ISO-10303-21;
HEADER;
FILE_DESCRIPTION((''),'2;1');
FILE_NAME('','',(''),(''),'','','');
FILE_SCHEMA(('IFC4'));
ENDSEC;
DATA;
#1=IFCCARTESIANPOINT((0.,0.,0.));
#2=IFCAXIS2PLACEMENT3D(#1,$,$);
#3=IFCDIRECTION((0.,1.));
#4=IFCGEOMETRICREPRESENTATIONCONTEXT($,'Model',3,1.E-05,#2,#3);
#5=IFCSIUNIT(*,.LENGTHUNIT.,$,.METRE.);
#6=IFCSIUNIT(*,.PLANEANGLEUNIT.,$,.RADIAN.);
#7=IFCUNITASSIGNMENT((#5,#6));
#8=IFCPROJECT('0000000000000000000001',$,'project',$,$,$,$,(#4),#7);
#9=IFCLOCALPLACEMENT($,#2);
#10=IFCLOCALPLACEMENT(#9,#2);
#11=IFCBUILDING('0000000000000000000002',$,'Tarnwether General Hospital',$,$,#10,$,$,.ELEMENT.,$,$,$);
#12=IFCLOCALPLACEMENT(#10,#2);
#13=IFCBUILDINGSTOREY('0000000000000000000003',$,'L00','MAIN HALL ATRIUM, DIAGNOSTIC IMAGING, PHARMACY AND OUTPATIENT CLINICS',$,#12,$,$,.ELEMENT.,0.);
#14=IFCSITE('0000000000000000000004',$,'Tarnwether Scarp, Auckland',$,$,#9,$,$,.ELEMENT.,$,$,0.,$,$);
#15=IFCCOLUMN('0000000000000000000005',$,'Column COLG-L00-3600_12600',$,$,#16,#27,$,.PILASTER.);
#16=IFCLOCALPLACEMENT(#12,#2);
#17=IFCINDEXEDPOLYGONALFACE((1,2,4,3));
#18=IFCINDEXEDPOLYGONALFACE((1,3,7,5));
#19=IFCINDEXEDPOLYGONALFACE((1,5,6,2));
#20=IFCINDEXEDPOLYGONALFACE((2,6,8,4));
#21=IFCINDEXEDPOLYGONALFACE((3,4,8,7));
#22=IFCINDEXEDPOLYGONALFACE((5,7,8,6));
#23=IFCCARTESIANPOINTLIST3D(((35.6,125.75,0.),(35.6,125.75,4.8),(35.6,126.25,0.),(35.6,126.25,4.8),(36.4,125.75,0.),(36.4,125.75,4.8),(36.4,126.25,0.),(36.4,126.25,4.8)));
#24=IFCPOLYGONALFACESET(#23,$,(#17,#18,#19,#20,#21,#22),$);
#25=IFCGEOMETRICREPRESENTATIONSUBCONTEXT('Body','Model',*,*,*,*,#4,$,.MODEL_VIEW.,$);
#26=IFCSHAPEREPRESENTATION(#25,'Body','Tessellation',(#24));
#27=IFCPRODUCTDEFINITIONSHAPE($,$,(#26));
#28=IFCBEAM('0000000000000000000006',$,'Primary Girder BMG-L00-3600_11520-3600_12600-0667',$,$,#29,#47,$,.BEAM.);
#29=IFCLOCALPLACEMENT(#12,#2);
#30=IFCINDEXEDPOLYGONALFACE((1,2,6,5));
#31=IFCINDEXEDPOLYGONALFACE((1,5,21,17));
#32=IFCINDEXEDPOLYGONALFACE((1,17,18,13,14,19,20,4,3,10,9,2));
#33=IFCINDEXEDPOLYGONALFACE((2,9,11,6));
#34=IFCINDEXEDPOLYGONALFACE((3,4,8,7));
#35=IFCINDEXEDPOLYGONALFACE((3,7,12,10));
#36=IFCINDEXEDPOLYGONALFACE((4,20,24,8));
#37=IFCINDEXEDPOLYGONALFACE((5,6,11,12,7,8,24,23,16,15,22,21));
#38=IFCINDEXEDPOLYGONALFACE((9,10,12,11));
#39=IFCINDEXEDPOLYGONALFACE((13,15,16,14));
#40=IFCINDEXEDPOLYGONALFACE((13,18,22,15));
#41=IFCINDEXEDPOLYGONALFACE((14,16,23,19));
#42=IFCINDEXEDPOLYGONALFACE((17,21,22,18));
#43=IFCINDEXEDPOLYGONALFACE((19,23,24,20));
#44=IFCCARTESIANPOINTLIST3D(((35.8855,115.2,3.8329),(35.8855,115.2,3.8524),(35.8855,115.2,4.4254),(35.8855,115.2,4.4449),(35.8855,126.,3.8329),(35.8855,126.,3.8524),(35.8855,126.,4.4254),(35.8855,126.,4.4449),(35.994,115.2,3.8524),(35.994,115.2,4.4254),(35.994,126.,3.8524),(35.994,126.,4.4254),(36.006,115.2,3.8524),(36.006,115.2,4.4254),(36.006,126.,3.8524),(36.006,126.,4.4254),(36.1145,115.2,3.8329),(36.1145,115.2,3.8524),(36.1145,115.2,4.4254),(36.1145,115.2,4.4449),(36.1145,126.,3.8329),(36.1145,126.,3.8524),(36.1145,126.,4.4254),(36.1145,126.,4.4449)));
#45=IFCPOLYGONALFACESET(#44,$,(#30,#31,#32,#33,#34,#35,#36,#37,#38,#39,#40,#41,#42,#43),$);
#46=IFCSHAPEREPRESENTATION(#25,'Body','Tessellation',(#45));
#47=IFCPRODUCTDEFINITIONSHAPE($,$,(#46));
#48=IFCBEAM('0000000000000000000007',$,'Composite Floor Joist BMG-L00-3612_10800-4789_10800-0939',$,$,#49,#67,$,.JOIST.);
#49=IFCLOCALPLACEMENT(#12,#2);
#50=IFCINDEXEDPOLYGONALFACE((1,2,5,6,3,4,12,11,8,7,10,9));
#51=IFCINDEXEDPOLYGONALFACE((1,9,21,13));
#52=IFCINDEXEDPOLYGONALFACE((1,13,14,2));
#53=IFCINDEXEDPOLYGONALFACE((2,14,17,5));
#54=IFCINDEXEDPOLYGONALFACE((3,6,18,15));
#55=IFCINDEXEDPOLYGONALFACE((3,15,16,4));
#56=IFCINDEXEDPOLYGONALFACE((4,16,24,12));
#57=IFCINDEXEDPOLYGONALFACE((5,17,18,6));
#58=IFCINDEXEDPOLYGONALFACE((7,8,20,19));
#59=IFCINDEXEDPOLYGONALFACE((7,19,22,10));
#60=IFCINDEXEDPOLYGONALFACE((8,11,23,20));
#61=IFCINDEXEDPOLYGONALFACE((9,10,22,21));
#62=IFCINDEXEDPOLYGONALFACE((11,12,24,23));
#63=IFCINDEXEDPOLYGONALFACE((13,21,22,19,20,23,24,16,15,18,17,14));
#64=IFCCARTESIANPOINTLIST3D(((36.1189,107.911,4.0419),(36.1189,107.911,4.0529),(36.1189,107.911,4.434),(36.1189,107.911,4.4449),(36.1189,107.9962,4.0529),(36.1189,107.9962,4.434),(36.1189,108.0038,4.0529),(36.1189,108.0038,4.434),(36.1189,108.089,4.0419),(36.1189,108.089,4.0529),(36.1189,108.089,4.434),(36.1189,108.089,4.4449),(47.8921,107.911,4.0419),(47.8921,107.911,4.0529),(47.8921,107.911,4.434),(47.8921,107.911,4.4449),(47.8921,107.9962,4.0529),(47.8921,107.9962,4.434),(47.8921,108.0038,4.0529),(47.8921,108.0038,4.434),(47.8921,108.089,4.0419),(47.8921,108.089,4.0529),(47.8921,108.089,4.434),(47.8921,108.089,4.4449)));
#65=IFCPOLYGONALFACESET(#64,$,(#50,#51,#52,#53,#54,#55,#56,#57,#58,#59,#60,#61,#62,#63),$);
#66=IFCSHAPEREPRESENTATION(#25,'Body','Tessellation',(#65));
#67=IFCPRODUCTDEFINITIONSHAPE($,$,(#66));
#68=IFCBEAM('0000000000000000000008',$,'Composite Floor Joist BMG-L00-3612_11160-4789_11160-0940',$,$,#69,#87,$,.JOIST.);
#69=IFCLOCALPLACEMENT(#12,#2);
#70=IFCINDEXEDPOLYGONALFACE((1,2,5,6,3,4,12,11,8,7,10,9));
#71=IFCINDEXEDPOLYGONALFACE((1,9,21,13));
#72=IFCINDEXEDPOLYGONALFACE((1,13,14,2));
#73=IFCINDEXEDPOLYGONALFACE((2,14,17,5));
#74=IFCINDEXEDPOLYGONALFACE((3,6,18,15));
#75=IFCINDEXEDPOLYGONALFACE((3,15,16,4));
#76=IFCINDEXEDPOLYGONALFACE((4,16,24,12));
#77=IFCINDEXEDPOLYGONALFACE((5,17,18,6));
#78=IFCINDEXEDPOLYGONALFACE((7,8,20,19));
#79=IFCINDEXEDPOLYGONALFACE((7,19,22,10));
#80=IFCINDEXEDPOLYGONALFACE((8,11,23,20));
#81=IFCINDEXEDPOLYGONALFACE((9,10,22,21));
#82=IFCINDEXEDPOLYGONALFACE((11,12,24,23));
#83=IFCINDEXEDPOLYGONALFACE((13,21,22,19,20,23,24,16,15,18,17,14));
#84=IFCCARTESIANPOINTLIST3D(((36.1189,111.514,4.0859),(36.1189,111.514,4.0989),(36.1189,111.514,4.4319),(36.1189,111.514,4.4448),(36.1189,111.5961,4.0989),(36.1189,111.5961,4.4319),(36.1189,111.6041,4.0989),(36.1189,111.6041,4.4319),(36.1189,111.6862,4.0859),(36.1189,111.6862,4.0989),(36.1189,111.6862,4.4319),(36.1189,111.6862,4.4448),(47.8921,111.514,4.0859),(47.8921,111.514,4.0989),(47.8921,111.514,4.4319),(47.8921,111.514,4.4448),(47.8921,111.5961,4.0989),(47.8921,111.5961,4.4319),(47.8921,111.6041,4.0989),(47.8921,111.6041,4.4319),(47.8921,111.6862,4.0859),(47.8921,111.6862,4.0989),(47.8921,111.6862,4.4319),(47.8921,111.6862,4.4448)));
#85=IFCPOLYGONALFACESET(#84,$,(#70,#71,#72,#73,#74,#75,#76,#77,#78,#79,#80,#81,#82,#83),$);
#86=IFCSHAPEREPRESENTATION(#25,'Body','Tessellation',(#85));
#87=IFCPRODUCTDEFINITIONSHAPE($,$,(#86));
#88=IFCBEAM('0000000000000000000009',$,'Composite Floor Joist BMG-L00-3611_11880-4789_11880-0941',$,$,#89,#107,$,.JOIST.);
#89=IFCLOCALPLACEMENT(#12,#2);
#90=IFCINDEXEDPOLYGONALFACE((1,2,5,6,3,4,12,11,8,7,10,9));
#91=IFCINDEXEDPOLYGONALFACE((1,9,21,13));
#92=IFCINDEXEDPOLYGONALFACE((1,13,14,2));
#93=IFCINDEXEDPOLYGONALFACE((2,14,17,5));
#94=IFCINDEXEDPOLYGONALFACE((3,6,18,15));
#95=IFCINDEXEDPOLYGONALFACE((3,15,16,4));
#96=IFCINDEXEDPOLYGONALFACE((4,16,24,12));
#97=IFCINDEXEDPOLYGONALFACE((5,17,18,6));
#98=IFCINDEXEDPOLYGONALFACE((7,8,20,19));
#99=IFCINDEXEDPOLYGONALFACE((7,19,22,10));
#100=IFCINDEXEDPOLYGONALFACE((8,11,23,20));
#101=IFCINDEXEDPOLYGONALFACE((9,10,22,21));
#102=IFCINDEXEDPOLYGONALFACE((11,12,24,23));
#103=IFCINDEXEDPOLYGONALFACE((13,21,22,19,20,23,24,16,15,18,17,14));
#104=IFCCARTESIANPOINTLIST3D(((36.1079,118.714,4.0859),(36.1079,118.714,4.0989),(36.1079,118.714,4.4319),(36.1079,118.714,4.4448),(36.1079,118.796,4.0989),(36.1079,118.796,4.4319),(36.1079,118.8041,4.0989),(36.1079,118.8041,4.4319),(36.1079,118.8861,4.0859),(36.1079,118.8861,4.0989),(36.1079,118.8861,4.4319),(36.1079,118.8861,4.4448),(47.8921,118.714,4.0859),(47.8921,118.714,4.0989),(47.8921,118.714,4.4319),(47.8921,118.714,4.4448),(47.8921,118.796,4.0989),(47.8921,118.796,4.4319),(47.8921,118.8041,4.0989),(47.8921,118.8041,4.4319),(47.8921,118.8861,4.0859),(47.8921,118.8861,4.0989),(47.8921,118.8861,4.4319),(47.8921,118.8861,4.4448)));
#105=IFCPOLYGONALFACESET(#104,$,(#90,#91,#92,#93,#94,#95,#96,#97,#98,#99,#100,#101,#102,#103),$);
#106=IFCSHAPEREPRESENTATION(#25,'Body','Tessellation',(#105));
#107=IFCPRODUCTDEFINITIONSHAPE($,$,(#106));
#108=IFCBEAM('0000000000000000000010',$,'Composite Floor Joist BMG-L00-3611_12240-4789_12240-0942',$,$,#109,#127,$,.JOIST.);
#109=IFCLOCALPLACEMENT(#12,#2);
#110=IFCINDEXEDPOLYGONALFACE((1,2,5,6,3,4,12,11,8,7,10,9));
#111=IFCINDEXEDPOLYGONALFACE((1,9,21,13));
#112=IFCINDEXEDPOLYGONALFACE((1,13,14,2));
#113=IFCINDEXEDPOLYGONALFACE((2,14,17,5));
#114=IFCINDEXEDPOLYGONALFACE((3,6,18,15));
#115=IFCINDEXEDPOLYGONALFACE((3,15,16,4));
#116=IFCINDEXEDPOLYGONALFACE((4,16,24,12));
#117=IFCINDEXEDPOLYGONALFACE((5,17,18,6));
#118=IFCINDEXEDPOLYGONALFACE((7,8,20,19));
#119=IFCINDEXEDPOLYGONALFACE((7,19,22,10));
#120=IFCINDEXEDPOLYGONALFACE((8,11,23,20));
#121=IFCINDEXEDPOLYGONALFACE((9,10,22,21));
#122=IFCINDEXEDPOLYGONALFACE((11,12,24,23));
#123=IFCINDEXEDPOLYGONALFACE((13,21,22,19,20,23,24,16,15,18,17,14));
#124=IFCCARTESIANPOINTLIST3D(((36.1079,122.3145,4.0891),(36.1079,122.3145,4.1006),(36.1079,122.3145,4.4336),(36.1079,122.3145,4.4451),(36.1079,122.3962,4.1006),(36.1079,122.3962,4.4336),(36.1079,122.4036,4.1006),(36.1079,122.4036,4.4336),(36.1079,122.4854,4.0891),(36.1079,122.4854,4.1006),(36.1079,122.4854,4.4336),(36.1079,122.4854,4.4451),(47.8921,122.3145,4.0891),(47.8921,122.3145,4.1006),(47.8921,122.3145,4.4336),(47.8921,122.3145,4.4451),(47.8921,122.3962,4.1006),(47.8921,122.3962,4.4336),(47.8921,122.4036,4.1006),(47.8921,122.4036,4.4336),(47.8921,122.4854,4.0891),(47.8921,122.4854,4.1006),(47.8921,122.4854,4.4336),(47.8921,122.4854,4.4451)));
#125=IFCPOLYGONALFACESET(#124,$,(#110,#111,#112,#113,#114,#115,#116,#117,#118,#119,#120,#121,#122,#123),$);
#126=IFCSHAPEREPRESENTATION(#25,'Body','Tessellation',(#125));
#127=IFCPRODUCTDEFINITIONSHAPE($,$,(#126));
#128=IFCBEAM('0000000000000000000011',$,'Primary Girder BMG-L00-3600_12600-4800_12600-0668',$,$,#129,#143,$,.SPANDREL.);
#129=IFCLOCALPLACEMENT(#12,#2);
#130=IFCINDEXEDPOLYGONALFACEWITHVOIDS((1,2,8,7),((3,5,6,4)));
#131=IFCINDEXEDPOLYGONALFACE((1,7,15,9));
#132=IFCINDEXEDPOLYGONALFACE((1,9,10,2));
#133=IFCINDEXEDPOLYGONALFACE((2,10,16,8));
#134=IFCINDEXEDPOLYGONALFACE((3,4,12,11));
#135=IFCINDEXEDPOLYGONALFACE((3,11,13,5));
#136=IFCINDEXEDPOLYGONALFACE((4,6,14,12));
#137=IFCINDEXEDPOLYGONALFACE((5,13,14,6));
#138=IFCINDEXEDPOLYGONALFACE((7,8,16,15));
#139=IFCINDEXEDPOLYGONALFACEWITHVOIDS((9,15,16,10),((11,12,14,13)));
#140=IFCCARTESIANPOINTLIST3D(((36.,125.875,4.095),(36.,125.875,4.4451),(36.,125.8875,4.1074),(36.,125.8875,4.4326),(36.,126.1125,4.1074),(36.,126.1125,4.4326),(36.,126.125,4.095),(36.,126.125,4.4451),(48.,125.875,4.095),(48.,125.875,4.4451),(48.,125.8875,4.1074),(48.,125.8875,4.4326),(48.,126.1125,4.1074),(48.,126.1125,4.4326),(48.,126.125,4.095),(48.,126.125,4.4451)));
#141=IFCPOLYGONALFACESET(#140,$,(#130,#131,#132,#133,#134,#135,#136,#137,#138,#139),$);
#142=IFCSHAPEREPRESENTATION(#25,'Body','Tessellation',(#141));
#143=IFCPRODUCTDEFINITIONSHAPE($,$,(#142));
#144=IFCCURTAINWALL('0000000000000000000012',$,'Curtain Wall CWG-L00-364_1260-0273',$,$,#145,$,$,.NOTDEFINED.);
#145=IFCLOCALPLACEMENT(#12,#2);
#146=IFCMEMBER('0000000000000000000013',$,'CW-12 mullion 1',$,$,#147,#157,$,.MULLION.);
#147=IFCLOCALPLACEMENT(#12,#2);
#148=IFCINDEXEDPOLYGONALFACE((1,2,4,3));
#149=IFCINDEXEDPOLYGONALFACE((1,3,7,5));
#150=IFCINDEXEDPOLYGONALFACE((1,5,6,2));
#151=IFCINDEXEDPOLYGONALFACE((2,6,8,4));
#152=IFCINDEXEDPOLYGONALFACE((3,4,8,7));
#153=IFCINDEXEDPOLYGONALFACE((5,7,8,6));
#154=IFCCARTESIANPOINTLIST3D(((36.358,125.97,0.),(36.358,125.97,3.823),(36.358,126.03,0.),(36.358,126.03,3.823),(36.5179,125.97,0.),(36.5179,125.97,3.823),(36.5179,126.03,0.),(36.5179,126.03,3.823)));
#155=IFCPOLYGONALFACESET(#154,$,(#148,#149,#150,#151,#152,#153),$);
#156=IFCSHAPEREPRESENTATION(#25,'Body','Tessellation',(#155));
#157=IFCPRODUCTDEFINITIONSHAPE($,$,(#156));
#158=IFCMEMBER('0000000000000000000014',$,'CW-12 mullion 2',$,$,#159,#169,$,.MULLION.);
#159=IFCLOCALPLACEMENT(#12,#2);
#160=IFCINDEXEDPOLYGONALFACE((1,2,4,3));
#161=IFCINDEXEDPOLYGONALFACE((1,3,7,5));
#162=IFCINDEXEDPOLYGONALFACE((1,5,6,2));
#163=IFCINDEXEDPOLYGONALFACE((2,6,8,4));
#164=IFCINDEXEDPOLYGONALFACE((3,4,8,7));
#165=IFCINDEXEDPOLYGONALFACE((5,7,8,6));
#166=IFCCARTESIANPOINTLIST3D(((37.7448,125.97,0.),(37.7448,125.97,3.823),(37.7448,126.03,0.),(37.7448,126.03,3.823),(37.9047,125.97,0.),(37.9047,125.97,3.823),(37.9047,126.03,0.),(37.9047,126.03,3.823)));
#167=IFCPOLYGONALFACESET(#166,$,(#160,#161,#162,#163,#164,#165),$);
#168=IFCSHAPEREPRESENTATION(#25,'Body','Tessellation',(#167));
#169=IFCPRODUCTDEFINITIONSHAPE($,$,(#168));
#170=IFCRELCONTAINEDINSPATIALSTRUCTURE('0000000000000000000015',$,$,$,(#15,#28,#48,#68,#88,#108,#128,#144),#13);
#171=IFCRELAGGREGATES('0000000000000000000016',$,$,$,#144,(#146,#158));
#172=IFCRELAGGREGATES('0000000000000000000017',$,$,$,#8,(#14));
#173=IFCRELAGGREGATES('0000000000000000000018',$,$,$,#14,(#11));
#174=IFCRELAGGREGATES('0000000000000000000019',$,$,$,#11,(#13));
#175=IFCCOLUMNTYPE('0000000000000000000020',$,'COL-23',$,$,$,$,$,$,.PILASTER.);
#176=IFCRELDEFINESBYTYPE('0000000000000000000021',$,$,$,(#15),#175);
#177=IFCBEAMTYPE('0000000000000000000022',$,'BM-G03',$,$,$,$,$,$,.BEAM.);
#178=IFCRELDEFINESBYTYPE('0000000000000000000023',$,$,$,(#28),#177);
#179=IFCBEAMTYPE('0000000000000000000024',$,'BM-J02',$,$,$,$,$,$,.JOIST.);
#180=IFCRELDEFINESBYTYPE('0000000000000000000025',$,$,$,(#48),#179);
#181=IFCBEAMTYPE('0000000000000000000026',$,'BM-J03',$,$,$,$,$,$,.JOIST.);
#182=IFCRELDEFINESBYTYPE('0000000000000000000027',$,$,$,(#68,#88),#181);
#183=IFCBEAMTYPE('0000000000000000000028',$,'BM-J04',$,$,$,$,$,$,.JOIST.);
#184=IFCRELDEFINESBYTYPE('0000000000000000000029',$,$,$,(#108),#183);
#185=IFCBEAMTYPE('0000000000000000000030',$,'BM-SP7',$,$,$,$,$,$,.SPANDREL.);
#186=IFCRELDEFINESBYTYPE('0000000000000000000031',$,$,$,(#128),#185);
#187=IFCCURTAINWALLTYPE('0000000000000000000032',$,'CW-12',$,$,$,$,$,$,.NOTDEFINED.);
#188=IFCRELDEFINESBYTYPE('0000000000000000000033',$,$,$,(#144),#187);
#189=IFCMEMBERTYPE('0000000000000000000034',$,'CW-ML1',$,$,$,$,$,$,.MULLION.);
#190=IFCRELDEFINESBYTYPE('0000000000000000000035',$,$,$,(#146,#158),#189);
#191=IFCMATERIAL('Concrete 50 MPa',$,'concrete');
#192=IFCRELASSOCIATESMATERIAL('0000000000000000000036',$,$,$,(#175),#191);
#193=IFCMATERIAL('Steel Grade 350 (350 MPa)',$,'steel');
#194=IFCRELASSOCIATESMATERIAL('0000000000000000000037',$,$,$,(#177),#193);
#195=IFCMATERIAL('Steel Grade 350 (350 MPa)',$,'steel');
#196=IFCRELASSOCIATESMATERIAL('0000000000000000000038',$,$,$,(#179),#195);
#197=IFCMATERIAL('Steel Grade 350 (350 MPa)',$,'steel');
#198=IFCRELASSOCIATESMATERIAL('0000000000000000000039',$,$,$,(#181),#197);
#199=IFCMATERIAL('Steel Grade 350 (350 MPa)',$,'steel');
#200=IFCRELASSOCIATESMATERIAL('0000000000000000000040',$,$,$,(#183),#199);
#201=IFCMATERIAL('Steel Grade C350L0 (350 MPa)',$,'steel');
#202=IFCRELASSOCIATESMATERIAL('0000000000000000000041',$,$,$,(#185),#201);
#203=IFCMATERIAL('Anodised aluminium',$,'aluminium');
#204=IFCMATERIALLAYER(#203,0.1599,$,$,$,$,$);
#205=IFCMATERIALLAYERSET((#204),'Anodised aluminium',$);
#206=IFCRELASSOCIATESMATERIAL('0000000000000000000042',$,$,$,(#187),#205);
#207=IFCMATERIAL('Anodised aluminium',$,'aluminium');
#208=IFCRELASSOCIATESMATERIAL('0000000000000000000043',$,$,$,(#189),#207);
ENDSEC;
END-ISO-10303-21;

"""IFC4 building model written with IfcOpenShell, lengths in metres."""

from ifc_helpers import new_model, si_unit, direction, frame, origin, origin_2d, place, context, subcontext, project, spatial, rectangle, hollow_rectangle, i_section, extrude, material, layer, layer_set, material_profile, profile_set, type_object, element, aggregate, save


model = new_model("IFC4")

# Units and contexts
model_context = context("Model", 3, precision=1e-05, world=origin(), true_north=direction((0.0, 1.0)))
body_context = subcontext(model_context, "Body", "Model", "MODEL_VIEW")
ifc_project = project(units=[si_unit("LENGTHUNIT", "METRE"), si_unit("PLANEANGLEUNIT", "RADIAN")], contexts=[model_context])

# Site, building, storey
site_placement = place(None, origin())
site = spatial("IfcSite", under=ifc_project, at=site_placement, Name="Tarnwether Scarp, Auckland", CompositionType="ELEMENT", RefElevation=0.0)
building_placement = place(site_placement, origin())
building = spatial("IfcBuilding", under=site, at=building_placement, Name="Tarnwether General Hospital", CompositionType="ELEMENT")
storey_placement = place(building_placement, origin())
storey = spatial("IfcBuildingStorey", under=building, at=storey_placement, Name="L00", Description="MAIN HALL ATRIUM, DIAGNOSTIC IMAGING, PHARMACY AND OUTPATIENT CLINICS", CompositionType="ELEMENT", Elevation=0.0)

# Column
ifc_material_1 = material(Name="Concrete 50 MPa", Category="concrete")
ifc_material_profile_1 = material_profile(ifc_material_1, rectangle(XDim=0.5, YDim=0.8, at=origin_2d()), Name="RC-PIL-500x800")
ifc_profile_set_1 = profile_set([ifc_material_profile_1], Name="Concrete 50 MPa")
column_type = type_object("IfcColumnType", Name="COL-23", PredefinedType="PILASTER", material=ifc_profile_set_1)
column_placement = place(storey_placement, frame((36.0, 126.0, 0.0), z_axis=(0.0, 0.0, 1.0), x_axis=(0.0, 1.0, 0.0)))
element("IfcColumn", 1, at=column_placement, inside=storey, type_object=column_type, Name="Column COLG-L00-3600_12600", PredefinedType="PILASTER", context=body_context, shape_type="SweptSolid", body=[
    extrude(rectangle(XDim=0.5, YDim=0.8, at=origin_2d()), origin(), (0.0, 0.0, 1.0), 4.8),
])

# Beams
ifc_material_2 = material(Name="Steel Grade 350 (350 MPa)", Category="steel")
ifc_material_profile_2 = material_profile(ifc_material_2, i_section(OverallWidth=0.229, OverallDepth=0.6121, WebThickness=0.012, FlangeThickness=0.0195, at=origin_2d()), Name="610UB125")
ifc_profile_set_2 = profile_set([ifc_material_profile_2], Name="Steel Grade 350 (350 MPa)")
beam_type_1 = type_object("IfcBeamType", Name="BM-G03", PredefinedType="BEAM", material=ifc_profile_set_2)
beam_1_placement = place(storey_placement, frame((36.0, 115.2, 4.1389), z_axis=(0.0, 1.0, 0.0), x_axis=(-1.0, 0.0, 0.0)))
element("IfcBeam", 2, at=beam_1_placement, inside=storey, type_object=beam_type_1, Name="Primary Girder BMG-L00-3600_11520-3600_12600-0667", PredefinedType="BEAM", context=body_context, shape_type="SweptSolid", body=[
    extrude(i_section(OverallWidth=0.229, OverallDepth=0.6121, WebThickness=0.012, FlangeThickness=0.0195, at=origin_2d()), origin(), (0.0, 0.0, 1.0), 10.8),
])
ifc_material_3 = material(Name="Steel Grade 350 (350 MPa)", Category="steel")
ifc_material_profile_3 = material_profile(ifc_material_3, i_section(OverallWidth=0.178, OverallDepth=0.4031, WebThickness=0.0076, FlangeThickness=0.011, at=origin_2d()), Name="410UB53.7")
ifc_profile_set_3 = profile_set([ifc_material_profile_3], Name="Steel Grade 350 (350 MPa)")
beam_type_2 = type_object("IfcBeamType", Name="BM-J02", PredefinedType="JOIST", material=ifc_profile_set_3)
beam_2_placement = place(storey_placement, frame((36.1189, 108.0, 4.2434), z_axis=(1.0, 0.0, 0.0), x_axis=(0.0, 1.0, 0.0)))
element("IfcBeam", 3, at=beam_2_placement, inside=storey, type_object=beam_type_2, Name="Composite Floor Joist BMG-L00-3612_10800-4789_10800-0939", PredefinedType="JOIST", context=body_context, shape_type="SweptSolid", body=[
    extrude(i_section(OverallWidth=0.178, OverallDepth=0.4031, WebThickness=0.0076, FlangeThickness=0.011, at=origin_2d()), origin(), (0.0, 0.0, 1.0), 11.7732),
])
ifc_material_4 = material(Name="Steel Grade 350 (350 MPa)", Category="steel")
ifc_material_profile_4 = material_profile(ifc_material_4, i_section(OverallWidth=0.1721, OverallDepth=0.3589, WebThickness=0.0081, FlangeThickness=0.0129, at=origin_2d()), Name="360UB56.7")
ifc_profile_set_4 = profile_set([ifc_material_profile_4], Name="Steel Grade 350 (350 MPa)")
beam_type_3 = type_object("IfcBeamType", Name="BM-J03", PredefinedType="JOIST", material=ifc_profile_set_4)
beam_3_placement = place(storey_placement, frame((36.1189, 111.6001, 4.2654), z_axis=(1.0, 0.0, 0.0), x_axis=(0.0, 1.0, 0.0)))
element("IfcBeam", 4, at=beam_3_placement, inside=storey, type_object=beam_type_3, Name="Composite Floor Joist BMG-L00-3612_11160-4789_11160-0940", PredefinedType="JOIST", context=body_context, shape_type="SweptSolid", body=[
    extrude(i_section(OverallWidth=0.1721, OverallDepth=0.3589, WebThickness=0.0081, FlangeThickness=0.0129, at=origin_2d()), origin(), (0.0, 0.0, 1.0), 11.7732),
])
beam_4_placement = place(storey_placement, frame((36.1079, 118.8, 4.2654), z_axis=(1.0, 0.0, 0.0), x_axis=(0.0, 1.0, 0.0)))
element("IfcBeam", 5, at=beam_4_placement, inside=storey, type_object=beam_type_3, Name="Composite Floor Joist BMG-L00-3611_11880-4789_11880-0941", PredefinedType="JOIST", context=body_context, shape_type="SweptSolid", body=[
    extrude(i_section(OverallWidth=0.1721, OverallDepth=0.3589, WebThickness=0.0081, FlangeThickness=0.0129, at=origin_2d()), origin(), (0.0, 0.0, 1.0), 11.7842),
])
ifc_material_5 = material(Name="Steel Grade 350 (350 MPa)", Category="steel")
ifc_material_profile_5 = material_profile(ifc_material_5, i_section(OverallWidth=0.1709, OverallDepth=0.356, WebThickness=0.0073, FlangeThickness=0.0115, at=origin_2d()), Name="360UB50.7")
ifc_profile_set_5 = profile_set([ifc_material_profile_5], Name="Steel Grade 350 (350 MPa)")
beam_type_4 = type_object("IfcBeamType", Name="BM-J04", PredefinedType="JOIST", material=ifc_profile_set_5)
beam_5_placement = place(storey_placement, frame((36.1079, 122.3999, 4.2671), z_axis=(1.0, 0.0, 0.0), x_axis=(0.0, 1.0, 0.0)))
element("IfcBeam", 6, at=beam_5_placement, inside=storey, type_object=beam_type_4, Name="Composite Floor Joist BMG-L00-3611_12240-4789_12240-0942", PredefinedType="JOIST", context=body_context, shape_type="SweptSolid", body=[
    extrude(i_section(OverallWidth=0.1709, OverallDepth=0.356, WebThickness=0.0073, FlangeThickness=0.0115, at=origin_2d()), origin(), (0.0, 0.0, 1.0), 11.7842),
])
ifc_material_6 = material(Name="Steel Grade C350L0 (350 MPa)", Category="steel")
ifc_material_profile_6 = material_profile(ifc_material_6, hollow_rectangle(XDim=0.25, YDim=0.3501, WallThickness=0.0125, at=origin_2d()), Name="RHS350x250x12.5")
ifc_profile_set_6 = profile_set([ifc_material_profile_6], Name="Steel Grade C350L0 (350 MPa)")
beam_type_5 = type_object("IfcBeamType", Name="BM-SP7", PredefinedType="SPANDREL", material=ifc_profile_set_6)
beam_6_placement = place(storey_placement, frame((36.0, 126.0, 4.27), z_axis=(1.0, 0.0, 0.0), x_axis=(0.0, 1.0, 0.0)))
element("IfcBeam", 7, at=beam_6_placement, inside=storey, type_object=beam_type_5, Name="Primary Girder BMG-L00-3600_12600-4800_12600-0668", PredefinedType="SPANDREL", context=body_context, shape_type="SweptSolid", body=[
    extrude(hollow_rectangle(XDim=0.25, YDim=0.3501, WallThickness=0.0125, at=origin_2d()), origin(), (0.0, 0.0, 1.0), 12.0),
])

# Curtain wall, members
ifc_material_7 = material(Name="Anodised aluminium", Category="aluminium")
ifc_layer_1 = layer(ifc_material_7, 0.1599)
ifc_layer_set_1 = layer_set([ifc_layer_1], Name="Anodised aluminium")
curtain_wall_type = type_object("IfcCurtainWallType", Name="CW-12", PredefinedType="NOTDEFINED", material=ifc_layer_set_1)
curtain_wall_placement = place(storey_placement, origin())
curtain_wall = element("IfcCurtainWall", 8, at=curtain_wall_placement, inside=storey, type_object=curtain_wall_type, Name="Curtain Wall CWG-L00-364_1260-0273", PredefinedType="NOTDEFINED")
ifc_material_8 = material(Name="Anodised aluminium", Category="aluminium")
ifc_material_profile_7 = material_profile(ifc_material_8, rectangle(XDim=0.0601, YDim=0.1599, at=origin_2d()), Name="ALU-MUL-60x160")
ifc_profile_set_7 = profile_set([ifc_material_profile_7], Name="Anodised aluminium")
member_type_1 = type_object("IfcMemberType", Name="CW-ML1", PredefinedType="MULLION", material=ifc_profile_set_7)
member_1_placement = place(storey_placement, frame((36.438, 126.0, 0.0), z_axis=(0.0, 0.0, 1.0), x_axis=(0.0, 1.0, 0.0)))
member_1 = element("IfcMember", 9, at=member_1_placement, type_object=member_type_1, Name="CW-12 mullion 1", PredefinedType="MULLION", context=body_context, shape_type="SweptSolid", body=[
    extrude(rectangle(XDim=0.0601, YDim=0.1599, at=origin_2d()), origin(), (0.0, 0.0, 1.0), 3.823),
])
member_2_placement = place(storey_placement, frame((37.8247, 126.0, 0.0), z_axis=(0.0, 0.0, 1.0), x_axis=(0.0, 1.0, 0.0)))
member_2 = element("IfcMember", 10, at=member_2_placement, type_object=member_type_1, Name="CW-12 mullion 2", PredefinedType="MULLION", context=body_context, shape_type="SweptSolid", body=[
    extrude(rectangle(XDim=0.0601, YDim=0.1599, at=origin_2d()), origin(), (0.0, 0.0, 1.0), 3.823),
])
aggregate(curtain_wall, [member_1, member_2])

save(model, "model.ifc")
